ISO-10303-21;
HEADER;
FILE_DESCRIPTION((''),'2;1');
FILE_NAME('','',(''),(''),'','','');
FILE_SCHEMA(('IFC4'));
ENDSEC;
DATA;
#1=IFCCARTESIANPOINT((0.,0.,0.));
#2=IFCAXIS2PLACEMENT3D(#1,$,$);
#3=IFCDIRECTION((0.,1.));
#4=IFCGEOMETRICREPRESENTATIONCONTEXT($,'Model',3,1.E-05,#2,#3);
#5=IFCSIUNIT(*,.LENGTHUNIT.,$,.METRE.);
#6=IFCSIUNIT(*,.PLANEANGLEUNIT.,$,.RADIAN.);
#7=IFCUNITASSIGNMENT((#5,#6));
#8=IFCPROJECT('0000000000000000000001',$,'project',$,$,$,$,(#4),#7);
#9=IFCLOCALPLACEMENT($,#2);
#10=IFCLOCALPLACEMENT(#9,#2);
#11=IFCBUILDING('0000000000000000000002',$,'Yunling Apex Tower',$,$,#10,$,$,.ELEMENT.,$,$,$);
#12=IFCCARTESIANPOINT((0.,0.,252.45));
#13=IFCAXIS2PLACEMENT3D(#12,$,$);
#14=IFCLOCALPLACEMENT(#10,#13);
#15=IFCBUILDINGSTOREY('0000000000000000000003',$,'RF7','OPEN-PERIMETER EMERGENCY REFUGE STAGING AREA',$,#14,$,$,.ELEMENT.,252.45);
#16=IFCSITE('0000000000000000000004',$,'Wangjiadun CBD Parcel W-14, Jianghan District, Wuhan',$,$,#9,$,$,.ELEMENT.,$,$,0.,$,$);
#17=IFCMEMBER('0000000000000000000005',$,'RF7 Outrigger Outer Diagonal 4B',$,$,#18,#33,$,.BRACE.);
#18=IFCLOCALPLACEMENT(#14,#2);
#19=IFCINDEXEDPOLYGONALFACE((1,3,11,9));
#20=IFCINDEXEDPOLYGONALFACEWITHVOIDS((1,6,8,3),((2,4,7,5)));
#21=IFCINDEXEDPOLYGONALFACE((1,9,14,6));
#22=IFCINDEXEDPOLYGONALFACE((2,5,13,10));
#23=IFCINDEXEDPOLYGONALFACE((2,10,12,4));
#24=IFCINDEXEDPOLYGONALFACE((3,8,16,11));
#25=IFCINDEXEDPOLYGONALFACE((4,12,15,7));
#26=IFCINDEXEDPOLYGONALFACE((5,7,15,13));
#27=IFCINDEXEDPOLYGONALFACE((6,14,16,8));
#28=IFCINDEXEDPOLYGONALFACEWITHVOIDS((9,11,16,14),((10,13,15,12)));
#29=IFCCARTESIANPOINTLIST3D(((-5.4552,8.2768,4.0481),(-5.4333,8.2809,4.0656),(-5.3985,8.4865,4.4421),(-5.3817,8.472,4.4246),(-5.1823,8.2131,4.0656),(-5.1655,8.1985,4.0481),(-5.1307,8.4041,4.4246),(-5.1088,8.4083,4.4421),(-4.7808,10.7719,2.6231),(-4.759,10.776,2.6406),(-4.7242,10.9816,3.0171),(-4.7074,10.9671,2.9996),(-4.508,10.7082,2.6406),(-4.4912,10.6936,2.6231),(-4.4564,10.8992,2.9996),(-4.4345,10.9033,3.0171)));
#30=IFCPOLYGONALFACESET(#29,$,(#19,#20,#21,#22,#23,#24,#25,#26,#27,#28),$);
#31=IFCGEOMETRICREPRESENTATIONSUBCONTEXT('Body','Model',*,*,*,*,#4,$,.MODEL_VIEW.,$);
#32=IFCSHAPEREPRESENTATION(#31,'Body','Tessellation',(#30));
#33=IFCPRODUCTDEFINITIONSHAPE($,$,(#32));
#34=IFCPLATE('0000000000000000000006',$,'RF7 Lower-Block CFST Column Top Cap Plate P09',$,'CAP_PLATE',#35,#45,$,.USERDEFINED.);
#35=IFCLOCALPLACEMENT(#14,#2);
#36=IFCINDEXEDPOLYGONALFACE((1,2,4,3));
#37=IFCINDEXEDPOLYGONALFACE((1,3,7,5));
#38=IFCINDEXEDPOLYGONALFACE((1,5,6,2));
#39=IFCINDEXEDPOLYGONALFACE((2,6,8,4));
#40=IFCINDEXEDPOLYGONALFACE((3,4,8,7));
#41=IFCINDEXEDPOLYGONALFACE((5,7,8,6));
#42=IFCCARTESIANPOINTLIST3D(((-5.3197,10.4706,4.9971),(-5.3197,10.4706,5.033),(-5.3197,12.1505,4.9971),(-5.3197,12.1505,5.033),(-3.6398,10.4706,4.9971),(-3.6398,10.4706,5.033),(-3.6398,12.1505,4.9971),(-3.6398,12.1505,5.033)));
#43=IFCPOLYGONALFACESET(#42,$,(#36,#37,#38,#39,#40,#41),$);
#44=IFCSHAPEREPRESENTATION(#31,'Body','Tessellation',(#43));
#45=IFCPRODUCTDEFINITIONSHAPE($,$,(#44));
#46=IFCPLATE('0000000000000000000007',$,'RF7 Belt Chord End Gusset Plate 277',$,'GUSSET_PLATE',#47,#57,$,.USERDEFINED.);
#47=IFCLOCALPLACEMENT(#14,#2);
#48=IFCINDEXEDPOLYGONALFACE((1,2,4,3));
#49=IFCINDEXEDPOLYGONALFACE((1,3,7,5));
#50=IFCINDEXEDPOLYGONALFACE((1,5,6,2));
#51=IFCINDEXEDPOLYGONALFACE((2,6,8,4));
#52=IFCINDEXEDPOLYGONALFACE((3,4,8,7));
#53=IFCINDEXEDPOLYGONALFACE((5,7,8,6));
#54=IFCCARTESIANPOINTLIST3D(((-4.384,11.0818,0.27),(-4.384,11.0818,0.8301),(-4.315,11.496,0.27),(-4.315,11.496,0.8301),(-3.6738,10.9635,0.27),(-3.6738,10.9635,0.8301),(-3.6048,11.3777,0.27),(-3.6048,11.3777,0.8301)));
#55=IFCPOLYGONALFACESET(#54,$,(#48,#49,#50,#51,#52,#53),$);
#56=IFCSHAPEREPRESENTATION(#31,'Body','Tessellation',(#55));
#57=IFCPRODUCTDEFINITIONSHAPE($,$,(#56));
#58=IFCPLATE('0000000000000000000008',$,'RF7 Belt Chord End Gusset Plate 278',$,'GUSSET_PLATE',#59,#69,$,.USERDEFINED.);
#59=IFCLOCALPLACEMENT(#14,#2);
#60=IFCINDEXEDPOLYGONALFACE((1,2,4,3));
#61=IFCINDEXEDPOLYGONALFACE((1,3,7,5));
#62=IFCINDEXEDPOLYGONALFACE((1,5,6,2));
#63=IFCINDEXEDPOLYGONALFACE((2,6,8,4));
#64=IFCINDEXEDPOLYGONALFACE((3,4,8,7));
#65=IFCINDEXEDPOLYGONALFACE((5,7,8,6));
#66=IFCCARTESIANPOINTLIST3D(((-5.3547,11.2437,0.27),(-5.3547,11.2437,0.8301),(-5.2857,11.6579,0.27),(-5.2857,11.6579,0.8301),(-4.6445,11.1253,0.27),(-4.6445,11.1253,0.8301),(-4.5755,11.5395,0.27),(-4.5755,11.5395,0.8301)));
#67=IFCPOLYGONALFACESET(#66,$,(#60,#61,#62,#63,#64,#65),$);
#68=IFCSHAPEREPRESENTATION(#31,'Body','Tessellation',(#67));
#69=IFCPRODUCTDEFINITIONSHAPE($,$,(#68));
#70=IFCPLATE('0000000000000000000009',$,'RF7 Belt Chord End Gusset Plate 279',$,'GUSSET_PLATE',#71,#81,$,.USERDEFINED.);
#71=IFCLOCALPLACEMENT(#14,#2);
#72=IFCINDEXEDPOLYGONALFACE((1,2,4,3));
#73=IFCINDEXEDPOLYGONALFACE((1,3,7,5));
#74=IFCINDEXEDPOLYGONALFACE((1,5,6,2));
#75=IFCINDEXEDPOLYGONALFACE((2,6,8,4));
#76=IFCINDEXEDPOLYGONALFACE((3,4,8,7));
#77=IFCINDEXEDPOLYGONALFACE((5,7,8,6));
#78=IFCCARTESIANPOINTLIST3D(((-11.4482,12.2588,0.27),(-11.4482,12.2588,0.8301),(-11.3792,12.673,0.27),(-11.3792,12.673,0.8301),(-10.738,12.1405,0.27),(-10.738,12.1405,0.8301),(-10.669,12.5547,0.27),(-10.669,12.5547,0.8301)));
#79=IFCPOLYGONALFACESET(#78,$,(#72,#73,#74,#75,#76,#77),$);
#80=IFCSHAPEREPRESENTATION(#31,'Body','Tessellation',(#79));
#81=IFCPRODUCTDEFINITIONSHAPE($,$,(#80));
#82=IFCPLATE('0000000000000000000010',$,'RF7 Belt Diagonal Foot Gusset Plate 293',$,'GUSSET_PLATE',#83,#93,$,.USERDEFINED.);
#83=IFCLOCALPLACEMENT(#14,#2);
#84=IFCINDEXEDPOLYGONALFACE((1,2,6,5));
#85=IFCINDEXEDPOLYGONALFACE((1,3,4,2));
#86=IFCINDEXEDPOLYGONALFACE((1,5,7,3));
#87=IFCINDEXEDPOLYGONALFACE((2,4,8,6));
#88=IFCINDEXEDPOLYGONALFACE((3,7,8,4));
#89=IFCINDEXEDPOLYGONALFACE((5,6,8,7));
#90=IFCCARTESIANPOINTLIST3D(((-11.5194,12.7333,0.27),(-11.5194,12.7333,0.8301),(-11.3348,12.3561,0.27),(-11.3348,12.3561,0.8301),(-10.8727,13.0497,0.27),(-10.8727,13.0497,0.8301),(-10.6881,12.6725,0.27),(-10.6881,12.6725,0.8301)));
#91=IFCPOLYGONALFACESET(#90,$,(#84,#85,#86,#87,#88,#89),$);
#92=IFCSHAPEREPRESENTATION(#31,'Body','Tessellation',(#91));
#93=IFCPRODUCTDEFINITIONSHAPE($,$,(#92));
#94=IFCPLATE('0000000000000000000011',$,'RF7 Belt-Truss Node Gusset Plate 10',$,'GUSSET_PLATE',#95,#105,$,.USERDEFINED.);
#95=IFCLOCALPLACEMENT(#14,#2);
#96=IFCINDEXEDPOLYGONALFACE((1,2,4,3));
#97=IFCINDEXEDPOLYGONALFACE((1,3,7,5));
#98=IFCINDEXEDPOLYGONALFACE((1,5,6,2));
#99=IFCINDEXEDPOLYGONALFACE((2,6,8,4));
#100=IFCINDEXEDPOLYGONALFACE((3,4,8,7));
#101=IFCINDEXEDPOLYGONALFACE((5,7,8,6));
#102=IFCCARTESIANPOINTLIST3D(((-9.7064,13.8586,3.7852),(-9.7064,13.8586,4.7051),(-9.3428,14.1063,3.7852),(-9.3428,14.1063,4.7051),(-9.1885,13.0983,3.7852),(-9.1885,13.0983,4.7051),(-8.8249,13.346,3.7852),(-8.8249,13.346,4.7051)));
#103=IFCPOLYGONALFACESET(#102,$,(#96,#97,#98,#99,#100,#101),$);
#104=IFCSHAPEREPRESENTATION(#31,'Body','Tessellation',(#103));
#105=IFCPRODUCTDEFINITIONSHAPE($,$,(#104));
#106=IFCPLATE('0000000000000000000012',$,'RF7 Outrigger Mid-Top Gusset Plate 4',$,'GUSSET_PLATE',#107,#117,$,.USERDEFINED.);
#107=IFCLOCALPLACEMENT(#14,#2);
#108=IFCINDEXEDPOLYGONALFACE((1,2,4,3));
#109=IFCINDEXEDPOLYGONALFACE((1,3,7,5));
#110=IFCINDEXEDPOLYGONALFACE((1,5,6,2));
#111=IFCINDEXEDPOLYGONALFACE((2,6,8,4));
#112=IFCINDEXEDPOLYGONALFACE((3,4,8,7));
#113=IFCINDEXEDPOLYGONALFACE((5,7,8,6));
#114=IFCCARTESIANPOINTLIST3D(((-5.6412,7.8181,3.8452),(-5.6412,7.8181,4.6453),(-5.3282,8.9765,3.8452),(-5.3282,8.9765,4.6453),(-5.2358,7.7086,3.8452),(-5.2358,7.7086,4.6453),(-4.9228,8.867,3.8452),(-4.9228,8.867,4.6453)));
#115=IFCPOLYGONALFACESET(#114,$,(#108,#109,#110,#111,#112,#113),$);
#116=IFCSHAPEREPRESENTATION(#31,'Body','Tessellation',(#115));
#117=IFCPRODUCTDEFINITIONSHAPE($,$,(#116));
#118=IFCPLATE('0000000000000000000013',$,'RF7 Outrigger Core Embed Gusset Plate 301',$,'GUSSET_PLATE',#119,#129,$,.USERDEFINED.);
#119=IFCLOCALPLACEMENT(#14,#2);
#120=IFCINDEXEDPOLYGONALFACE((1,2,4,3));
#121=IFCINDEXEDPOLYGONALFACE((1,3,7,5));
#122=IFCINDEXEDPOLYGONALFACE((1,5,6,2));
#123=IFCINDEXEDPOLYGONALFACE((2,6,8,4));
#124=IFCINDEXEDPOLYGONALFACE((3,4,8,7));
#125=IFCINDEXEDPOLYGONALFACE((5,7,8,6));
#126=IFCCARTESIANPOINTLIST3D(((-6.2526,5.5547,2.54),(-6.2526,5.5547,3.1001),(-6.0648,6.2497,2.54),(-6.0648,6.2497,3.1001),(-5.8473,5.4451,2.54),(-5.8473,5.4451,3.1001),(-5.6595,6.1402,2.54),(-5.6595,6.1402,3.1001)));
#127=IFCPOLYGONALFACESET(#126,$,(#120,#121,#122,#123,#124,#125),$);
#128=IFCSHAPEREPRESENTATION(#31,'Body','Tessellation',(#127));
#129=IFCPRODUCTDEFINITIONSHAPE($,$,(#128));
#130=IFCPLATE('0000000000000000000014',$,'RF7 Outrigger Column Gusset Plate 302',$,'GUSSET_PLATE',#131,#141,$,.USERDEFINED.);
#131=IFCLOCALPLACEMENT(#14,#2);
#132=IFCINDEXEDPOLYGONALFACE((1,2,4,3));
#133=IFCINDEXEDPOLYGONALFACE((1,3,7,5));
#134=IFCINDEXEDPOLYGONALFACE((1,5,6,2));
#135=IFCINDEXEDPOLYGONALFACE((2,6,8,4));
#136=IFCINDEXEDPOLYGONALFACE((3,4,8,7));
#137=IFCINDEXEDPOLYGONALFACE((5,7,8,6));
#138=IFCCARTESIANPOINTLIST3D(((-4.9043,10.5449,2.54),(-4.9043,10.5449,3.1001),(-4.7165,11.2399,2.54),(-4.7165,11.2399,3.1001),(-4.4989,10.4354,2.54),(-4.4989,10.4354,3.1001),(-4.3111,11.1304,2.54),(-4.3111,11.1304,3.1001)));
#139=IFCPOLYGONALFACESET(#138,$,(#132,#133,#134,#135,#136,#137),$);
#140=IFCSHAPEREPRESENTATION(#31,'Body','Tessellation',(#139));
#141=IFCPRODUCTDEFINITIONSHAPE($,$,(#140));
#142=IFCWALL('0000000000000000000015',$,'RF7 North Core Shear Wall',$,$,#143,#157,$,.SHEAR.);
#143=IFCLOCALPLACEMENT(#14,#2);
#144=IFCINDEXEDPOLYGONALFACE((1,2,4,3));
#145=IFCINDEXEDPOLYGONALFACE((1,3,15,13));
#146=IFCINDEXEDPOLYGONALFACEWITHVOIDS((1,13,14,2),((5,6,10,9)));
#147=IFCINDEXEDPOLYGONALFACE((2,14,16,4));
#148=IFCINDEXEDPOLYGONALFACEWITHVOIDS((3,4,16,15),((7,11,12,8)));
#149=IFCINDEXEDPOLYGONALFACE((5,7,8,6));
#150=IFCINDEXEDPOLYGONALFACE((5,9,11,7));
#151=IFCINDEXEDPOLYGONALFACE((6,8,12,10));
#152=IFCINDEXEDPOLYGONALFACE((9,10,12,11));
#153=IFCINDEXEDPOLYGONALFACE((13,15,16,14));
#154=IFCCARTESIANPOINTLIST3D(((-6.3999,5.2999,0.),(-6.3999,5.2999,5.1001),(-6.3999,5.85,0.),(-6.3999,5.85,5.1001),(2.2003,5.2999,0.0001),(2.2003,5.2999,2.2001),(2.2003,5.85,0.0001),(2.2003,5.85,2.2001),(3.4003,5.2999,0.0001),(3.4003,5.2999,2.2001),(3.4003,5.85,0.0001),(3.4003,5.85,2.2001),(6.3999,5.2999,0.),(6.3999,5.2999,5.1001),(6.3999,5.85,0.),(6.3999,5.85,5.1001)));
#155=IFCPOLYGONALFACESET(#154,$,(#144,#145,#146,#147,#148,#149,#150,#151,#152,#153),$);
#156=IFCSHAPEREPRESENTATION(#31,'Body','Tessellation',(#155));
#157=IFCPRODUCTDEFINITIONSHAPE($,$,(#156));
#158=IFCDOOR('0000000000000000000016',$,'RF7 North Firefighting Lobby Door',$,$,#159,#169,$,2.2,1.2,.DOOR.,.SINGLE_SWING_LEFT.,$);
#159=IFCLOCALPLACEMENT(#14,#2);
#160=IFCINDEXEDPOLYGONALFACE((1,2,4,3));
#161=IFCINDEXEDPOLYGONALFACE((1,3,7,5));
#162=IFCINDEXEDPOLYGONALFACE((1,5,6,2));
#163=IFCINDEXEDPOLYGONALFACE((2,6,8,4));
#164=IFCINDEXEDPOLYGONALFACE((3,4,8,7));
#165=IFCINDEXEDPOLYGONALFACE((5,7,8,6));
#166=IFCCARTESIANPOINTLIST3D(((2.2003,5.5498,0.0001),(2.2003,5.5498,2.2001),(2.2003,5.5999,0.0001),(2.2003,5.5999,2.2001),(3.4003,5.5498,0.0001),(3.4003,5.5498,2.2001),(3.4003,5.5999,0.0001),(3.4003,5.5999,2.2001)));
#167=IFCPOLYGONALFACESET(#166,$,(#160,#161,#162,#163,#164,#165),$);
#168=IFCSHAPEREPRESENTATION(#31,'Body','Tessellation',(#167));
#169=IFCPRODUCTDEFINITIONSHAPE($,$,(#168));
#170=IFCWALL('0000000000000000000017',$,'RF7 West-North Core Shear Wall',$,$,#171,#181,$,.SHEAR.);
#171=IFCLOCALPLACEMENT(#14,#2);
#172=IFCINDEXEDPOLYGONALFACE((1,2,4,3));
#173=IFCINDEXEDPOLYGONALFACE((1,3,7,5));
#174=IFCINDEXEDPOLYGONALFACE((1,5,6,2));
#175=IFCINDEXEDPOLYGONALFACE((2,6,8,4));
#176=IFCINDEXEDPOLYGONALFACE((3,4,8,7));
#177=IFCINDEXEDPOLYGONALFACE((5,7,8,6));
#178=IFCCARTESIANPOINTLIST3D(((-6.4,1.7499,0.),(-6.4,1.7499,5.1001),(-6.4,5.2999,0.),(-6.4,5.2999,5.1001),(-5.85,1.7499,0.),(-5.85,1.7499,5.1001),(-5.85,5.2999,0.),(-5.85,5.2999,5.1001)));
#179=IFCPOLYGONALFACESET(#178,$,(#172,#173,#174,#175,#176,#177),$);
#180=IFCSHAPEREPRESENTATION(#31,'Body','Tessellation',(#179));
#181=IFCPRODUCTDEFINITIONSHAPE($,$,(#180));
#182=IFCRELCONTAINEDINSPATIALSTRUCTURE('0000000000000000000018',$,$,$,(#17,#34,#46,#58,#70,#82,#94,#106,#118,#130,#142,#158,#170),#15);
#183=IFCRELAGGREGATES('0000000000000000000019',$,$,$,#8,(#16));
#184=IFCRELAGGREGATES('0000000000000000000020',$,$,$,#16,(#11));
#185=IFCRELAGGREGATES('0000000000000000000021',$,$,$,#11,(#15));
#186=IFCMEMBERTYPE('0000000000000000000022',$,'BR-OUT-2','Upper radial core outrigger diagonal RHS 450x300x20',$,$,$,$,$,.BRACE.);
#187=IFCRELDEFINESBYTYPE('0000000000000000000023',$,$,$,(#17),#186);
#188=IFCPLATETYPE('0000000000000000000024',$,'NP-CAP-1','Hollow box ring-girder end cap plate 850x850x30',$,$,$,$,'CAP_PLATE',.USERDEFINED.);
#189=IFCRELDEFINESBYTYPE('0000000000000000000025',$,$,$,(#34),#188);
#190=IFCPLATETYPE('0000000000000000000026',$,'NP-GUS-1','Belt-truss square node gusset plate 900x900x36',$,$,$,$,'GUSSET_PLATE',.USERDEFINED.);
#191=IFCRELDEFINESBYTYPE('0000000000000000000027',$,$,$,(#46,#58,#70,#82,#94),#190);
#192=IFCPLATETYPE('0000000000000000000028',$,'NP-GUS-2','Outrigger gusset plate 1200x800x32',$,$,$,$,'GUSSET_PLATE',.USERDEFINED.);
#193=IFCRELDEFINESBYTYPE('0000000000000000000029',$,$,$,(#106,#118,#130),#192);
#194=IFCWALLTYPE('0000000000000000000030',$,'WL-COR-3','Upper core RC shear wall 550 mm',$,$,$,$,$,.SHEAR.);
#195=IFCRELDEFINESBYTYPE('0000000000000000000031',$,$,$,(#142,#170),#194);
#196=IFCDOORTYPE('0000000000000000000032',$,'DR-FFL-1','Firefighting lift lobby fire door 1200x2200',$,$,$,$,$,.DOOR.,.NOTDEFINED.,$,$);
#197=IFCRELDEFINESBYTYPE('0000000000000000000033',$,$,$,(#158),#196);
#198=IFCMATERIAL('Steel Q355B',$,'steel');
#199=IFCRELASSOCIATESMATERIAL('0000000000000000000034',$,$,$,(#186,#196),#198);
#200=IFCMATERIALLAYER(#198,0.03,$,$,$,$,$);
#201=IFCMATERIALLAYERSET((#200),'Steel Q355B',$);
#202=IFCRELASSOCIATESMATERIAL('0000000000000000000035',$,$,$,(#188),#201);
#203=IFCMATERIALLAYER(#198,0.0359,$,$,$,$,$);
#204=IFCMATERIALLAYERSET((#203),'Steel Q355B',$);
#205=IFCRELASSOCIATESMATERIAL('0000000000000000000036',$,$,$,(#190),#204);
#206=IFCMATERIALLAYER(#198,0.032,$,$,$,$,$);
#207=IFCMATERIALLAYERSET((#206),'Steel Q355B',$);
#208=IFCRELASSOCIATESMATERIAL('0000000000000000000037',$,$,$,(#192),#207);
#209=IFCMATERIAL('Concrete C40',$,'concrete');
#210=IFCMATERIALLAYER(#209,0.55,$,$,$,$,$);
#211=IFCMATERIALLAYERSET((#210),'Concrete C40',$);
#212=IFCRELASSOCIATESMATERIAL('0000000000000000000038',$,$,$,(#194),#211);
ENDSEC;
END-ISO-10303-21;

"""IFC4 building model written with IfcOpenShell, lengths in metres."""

from ifc_helpers import new_model, si_unit, direction, frame, frame_2d, origin, origin_2d, place, context, subcontext, project, spatial, rectangle, hollow_rectangle, extrude, source, transform, mapped, material, layer, layer_set, material_profile, profile_set, type_object, element, fill, save


model = new_model("IFC4")

# Units and contexts
model_context = context("Model", 3, precision=1e-05, world=origin(), true_north=direction((0.0, 1.0)))
body_context = subcontext(model_context, "Body", "Model", "MODEL_VIEW")
ifc_project = project(units=[si_unit("LENGTHUNIT", "METRE"), si_unit("PLANEANGLEUNIT", "RADIAN")], contexts=[model_context])

# Site, building, storey
site_placement = place(None, origin())
site = spatial("IfcSite", under=ifc_project, at=site_placement, Name="Wangjiadun CBD Parcel W-14, Jianghan District, Wuhan", CompositionType="ELEMENT", RefElevation=0.0)
building_placement = place(site_placement, origin())
building = spatial("IfcBuilding", under=site, at=building_placement, Name="Yunling Apex Tower", CompositionType="ELEMENT")
storey_placement = place(building_placement, frame((0.0, 0.0, 252.45)))
storey = spatial("IfcBuildingStorey", under=building, at=storey_placement, Name="RF7", Description="OPEN-PERIMETER EMERGENCY REFUGE STAGING AREA", CompositionType="ELEMENT", Elevation=252.45)

# Shared definitions
ifc_material_1 = material(Name="Steel Q355B", Category="steel")

# Member
ifc_material_profile_1 = material_profile(ifc_material_1, hollow_rectangle(XDim=0.3, YDim=0.45, WallThickness=0.02, at=origin_2d()))
ifc_profile_set_1 = profile_set([ifc_material_profile_1], Name="Steel Q355B")
member_type_1 = type_object("IfcMemberType", Name="BR-OUT-2", Description="Upper radial core outrigger diagonal RHS 450x300x20", PredefinedType="BRACE", material=ifc_profile_set_1)
shared_shape_1 = source(origin(), body_context, "Body", "SweptSolid", [
    extrude(hollow_rectangle(XDim=0.3, YDim=0.45, WallThickness=0.02, at=origin_2d()), origin(), (0.0, 0.0, 1.0), 2.9514),
])
for number, where, z_axis, x_axis, name in (
    (1, (-5.282, 8.3425, 4.2451), (0.228469, 0.845386, -0.48283), (-0.965367, 0.260895, 0.0), "RF7 Outrigger Outer Diagonal 4B"),
):
    element("IfcMember", number, at=place(storey_placement, frame(where, z_axis=z_axis, x_axis=x_axis)), inside=storey, type_object=member_type_1, Name=name, PredefinedType="BRACE", context=body_context, shape_type="MappedRepresentation", body=[
        mapped(shared_shape_1, transform((0.0, 0.0, 0.0), scale=1.0)),
    ])

# Plates
ifc_layer_1 = layer(ifc_material_1, 0.03)
ifc_layer_set_1 = layer_set([ifc_layer_1], Name="Steel Q355B")
plate_type_1 = type_object("IfcPlateType", Name="NP-CAP-1", Description="Hollow box ring-girder end cap plate 850x850x30", ElementType="CAP_PLATE", PredefinedType="USERDEFINED", material=ifc_layer_set_1)
shared_shape_2 = source(origin(), body_context, "Body", "SweptSolid", [
    extrude(rectangle(XDim=1.6799, YDim=1.6799, at=origin_2d()), origin(), (0.0, 0.0, 1.0), 0.0359),
])
plate_1_placement = place(storey_placement, frame((-4.4797, 11.3105, 4.9971), z_axis=(0.0, 0.0, 1.0), x_axis=(1.0, 0.0, 0.0)))
element("IfcPlate", 2, at=plate_1_placement, inside=storey, type_object=plate_type_1, Name="RF7 Lower-Block CFST Column Top Cap Plate P09", ObjectType="CAP_PLATE", PredefinedType="USERDEFINED", context=body_context, shape_type="MappedRepresentation", body=[
    mapped(shared_shape_2, transform((0.0, 0.0, 0.0), scale=1.0)),
])
ifc_layer_2 = layer(ifc_material_1, 0.0359)
ifc_layer_set_2 = layer_set([ifc_layer_2], Name="Steel Q355B")
plate_type_2 = type_object("IfcPlateType", Name="NP-GUS-1", Description="Belt-truss square node gusset plate 900x900x36", ElementType="GUSSET_PLATE", PredefinedType="USERDEFINED", material=ifc_layer_set_2)
shared_shape_3 = source(origin(), body_context, "Body", "SweptSolid", [
    extrude(rectangle(XDim=0.72, YDim=0.4199, at=origin_2d()), origin(), (0.0, 0.0, 1.0), 0.5601),
])
for number, where, z_axis, x_axis, name in (
    (3, (-3.9944, 11.2297, 0.27), (0.0, 0.0, 1.0), (-0.986401, 0.164359, 0.0), "RF7 Belt Chord End Gusset Plate 277"),
    (4, (-4.9651, 11.3916, 0.27), (0.0, 0.0, 1.0), (-0.986401, 0.164359, 0.0), "RF7 Belt Chord End Gusset Plate 278"),
    (5, (-11.0586, 12.4067, 0.27), (0.0, 0.0, 1.0), (-0.986401, 0.164359, 0.0), "RF7 Belt Chord End Gusset Plate 279"),
    (6, (-11.1038, 12.7029, 0.27), (0.0, 0.0, 1.0), (0.898258, 0.439469, 0.0), "RF7 Belt Diagonal Foot Gusset Plate 293"),
):
    element("IfcPlate", number, at=place(storey_placement, frame(where, z_axis=z_axis, x_axis=x_axis)), inside=storey, type_object=plate_type_2, Name=name, ObjectType="GUSSET_PLATE", PredefinedType="USERDEFINED", context=body_context, shape_type="MappedRepresentation", body=[
        mapped(shared_shape_3, transform((0.0, 0.0, 0.0), scale=1.0)),
    ])
shared_shape_4 = source(origin(), body_context, "Body", "SweptSolid", [
    extrude(rectangle(XDim=0.9199, YDim=0.4399, at=origin_2d()), origin(), (0.0, 0.0, 1.0), 0.9199),
])
plate_2_placement = place(storey_placement, frame((-9.2656, 13.6023, 3.7852), z_axis=(0.0, 0.0, 1.0), x_axis=(-0.562949, 0.826492, 0.0)))
element("IfcPlate", 7, at=plate_2_placement, inside=storey, type_object=plate_type_2, Name="RF7 Belt-Truss Node Gusset Plate 10", ObjectType="GUSSET_PLATE", PredefinedType="USERDEFINED", context=body_context, shape_type="MappedRepresentation", body=[
    mapped(shared_shape_4, transform((0.0, 0.0, 0.0), scale=1.0)),
])
ifc_layer_3 = layer(ifc_material_1, 0.032)
ifc_layer_set_3 = layer_set([ifc_layer_3], Name="Steel Q355B")
plate_type_3 = type_object("IfcPlateType", Name="NP-GUS-2", Description="Outrigger gusset plate 1200x800x32", ElementType="GUSSET_PLATE", PredefinedType="USERDEFINED", material=ifc_layer_set_3)
shared_shape_5 = source(origin(), body_context, "Body", "SweptSolid", [
    extrude(rectangle(XDim=1.2, YDim=0.4199, at=origin_2d()), origin(), (0.0, 0.0, 1.0), 0.8),
])
plate_3_placement = place(storey_placement, frame((-5.282, 8.3425, 3.8452), z_axis=(0.0, 0.0, 1.0), x_axis=(0.260842, 0.965382, 0.0)))
element("IfcPlate", 8, at=plate_3_placement, inside=storey, type_object=plate_type_3, Name="RF7 Outrigger Mid-Top Gusset Plate 4", ObjectType="GUSSET_PLATE", PredefinedType="USERDEFINED", context=body_context, shape_type="MappedRepresentation", body=[
    mapped(shared_shape_5, transform((0.0, 0.0, 0.0), scale=1.0)),
])
shared_shape_6 = source(origin(), body_context, "Body", "SweptSolid", [
    extrude(rectangle(XDim=0.72, YDim=0.4199, at=origin_2d()), origin(), (0.0, 0.0, 1.0), 0.5601),
])
for number, where, z_axis, x_axis, name in (
    (9, (-5.9561, 5.8474, 2.54), (0.0, 0.0, 1.0), (0.260842, 0.965382, 0.0), "RF7 Outrigger Core Embed Gusset Plate 301"),
    (10, (-4.6077, 10.8376, 2.54), (0.0, 0.0, 1.0), (0.260842, 0.965382, 0.0), "RF7 Outrigger Column Gusset Plate 302"),
):
    element("IfcPlate", number, at=place(storey_placement, frame(where, z_axis=z_axis, x_axis=x_axis)), inside=storey, type_object=plate_type_3, Name=name, ObjectType="GUSSET_PLATE", PredefinedType="USERDEFINED", context=body_context, shape_type="MappedRepresentation", body=[
        mapped(shared_shape_6, transform((0.0, 0.0, 0.0), scale=1.0)),
    ])

# Wall, opening, door
ifc_material_2 = material(Name="Concrete C40", Category="concrete")
ifc_layer_4 = layer(ifc_material_2, 0.55)
ifc_layer_set_4 = layer_set([ifc_layer_4], Name="Concrete C40")
wall_type_1 = type_object("IfcWallType", Name="WL-COR-3", Description="Upper core RC shear wall 550 mm", PredefinedType="SHEAR", material=ifc_layer_set_4)
wall_1_placement = place(storey_placement, frame((-6.3999, 5.575, 0.0), z_axis=(0.0, 0.0, 1.0), x_axis=(1.0, 0.0, 0.0)))
wall_1 = element("IfcWall", 11, at=wall_1_placement, inside=storey, type_object=wall_type_1, Name="RF7 North Core Shear Wall", PredefinedType="SHEAR", context=body_context, shape_type="SweptSolid", body=[
    extrude(rectangle(XDim=12.7998, YDim=0.55, at=frame_2d((6.3999, 0.0))), origin(), (0.0, 0.0, 1.0), 5.1001),
])
opening_1_placement = place(wall_1_placement, frame((8.6001, 0.0, 0.0)))
opening_1 = element("IfcOpeningElement", 12, at=opening_1_placement, cuts=wall_1, PredefinedType="OPENING", context=body_context, shape_type="SweptSolid", body=[
    extrude(rectangle(XDim=1.2, YDim=2.2, at=frame_2d((0.6001, 1.1001))), frame((0.0, 0.2852, 0.0), z_axis=(0.0, -1.0, 0.0), x_axis=(1.0, 0.0, 0.0)), (0.0, 0.0, 1.0), 0.5701),
])
door_type_1 = type_object("IfcDoorType", Name="DR-FFL-1", Description="Firefighting lift lobby fire door 1200x2200", OperationType="NOTDEFINED", PredefinedType="DOOR", material=ifc_material_1)
door_1_placement = place(opening_1_placement, origin())
door_1 = element("IfcDoor", 13, at=door_1_placement, inside=storey, type_object=door_type_1, Name="RF7 North Firefighting Lobby Door", OperationType="SINGLE_SWING_LEFT", OverallHeight=2.2, OverallWidth=1.2, PredefinedType="DOOR", context=body_context, shape_type="SweptSolid", body=[
    extrude(rectangle(XDim=1.2, YDim=2.2, at=frame_2d((0.6001, 1.1001))), frame((0.0, 0.0249, 0.0), z_axis=(0.0, -1.0, 0.0), x_axis=(1.0, 0.0, 0.0)), (0.0, 0.0, 1.0), 0.05),
])
fill(opening_1, door_1)

# Wall
wall_2_placement = place(storey_placement, frame((-6.125, 1.75, 0.0), z_axis=(0.0, 0.0, 1.0), x_axis=(0.0, 1.0, 0.0)))
element("IfcWall", 14, at=wall_2_placement, inside=storey, type_object=wall_type_1, Name="RF7 West-North Core Shear Wall", PredefinedType="SHEAR", context=body_context, shape_type="SweptSolid", body=[
    extrude(rectangle(XDim=3.55, YDim=0.55, at=frame_2d((1.7749, 0.0))), origin(), (0.0, 0.0, 1.0), 5.1001),
])

save(model, "model.ifc")
